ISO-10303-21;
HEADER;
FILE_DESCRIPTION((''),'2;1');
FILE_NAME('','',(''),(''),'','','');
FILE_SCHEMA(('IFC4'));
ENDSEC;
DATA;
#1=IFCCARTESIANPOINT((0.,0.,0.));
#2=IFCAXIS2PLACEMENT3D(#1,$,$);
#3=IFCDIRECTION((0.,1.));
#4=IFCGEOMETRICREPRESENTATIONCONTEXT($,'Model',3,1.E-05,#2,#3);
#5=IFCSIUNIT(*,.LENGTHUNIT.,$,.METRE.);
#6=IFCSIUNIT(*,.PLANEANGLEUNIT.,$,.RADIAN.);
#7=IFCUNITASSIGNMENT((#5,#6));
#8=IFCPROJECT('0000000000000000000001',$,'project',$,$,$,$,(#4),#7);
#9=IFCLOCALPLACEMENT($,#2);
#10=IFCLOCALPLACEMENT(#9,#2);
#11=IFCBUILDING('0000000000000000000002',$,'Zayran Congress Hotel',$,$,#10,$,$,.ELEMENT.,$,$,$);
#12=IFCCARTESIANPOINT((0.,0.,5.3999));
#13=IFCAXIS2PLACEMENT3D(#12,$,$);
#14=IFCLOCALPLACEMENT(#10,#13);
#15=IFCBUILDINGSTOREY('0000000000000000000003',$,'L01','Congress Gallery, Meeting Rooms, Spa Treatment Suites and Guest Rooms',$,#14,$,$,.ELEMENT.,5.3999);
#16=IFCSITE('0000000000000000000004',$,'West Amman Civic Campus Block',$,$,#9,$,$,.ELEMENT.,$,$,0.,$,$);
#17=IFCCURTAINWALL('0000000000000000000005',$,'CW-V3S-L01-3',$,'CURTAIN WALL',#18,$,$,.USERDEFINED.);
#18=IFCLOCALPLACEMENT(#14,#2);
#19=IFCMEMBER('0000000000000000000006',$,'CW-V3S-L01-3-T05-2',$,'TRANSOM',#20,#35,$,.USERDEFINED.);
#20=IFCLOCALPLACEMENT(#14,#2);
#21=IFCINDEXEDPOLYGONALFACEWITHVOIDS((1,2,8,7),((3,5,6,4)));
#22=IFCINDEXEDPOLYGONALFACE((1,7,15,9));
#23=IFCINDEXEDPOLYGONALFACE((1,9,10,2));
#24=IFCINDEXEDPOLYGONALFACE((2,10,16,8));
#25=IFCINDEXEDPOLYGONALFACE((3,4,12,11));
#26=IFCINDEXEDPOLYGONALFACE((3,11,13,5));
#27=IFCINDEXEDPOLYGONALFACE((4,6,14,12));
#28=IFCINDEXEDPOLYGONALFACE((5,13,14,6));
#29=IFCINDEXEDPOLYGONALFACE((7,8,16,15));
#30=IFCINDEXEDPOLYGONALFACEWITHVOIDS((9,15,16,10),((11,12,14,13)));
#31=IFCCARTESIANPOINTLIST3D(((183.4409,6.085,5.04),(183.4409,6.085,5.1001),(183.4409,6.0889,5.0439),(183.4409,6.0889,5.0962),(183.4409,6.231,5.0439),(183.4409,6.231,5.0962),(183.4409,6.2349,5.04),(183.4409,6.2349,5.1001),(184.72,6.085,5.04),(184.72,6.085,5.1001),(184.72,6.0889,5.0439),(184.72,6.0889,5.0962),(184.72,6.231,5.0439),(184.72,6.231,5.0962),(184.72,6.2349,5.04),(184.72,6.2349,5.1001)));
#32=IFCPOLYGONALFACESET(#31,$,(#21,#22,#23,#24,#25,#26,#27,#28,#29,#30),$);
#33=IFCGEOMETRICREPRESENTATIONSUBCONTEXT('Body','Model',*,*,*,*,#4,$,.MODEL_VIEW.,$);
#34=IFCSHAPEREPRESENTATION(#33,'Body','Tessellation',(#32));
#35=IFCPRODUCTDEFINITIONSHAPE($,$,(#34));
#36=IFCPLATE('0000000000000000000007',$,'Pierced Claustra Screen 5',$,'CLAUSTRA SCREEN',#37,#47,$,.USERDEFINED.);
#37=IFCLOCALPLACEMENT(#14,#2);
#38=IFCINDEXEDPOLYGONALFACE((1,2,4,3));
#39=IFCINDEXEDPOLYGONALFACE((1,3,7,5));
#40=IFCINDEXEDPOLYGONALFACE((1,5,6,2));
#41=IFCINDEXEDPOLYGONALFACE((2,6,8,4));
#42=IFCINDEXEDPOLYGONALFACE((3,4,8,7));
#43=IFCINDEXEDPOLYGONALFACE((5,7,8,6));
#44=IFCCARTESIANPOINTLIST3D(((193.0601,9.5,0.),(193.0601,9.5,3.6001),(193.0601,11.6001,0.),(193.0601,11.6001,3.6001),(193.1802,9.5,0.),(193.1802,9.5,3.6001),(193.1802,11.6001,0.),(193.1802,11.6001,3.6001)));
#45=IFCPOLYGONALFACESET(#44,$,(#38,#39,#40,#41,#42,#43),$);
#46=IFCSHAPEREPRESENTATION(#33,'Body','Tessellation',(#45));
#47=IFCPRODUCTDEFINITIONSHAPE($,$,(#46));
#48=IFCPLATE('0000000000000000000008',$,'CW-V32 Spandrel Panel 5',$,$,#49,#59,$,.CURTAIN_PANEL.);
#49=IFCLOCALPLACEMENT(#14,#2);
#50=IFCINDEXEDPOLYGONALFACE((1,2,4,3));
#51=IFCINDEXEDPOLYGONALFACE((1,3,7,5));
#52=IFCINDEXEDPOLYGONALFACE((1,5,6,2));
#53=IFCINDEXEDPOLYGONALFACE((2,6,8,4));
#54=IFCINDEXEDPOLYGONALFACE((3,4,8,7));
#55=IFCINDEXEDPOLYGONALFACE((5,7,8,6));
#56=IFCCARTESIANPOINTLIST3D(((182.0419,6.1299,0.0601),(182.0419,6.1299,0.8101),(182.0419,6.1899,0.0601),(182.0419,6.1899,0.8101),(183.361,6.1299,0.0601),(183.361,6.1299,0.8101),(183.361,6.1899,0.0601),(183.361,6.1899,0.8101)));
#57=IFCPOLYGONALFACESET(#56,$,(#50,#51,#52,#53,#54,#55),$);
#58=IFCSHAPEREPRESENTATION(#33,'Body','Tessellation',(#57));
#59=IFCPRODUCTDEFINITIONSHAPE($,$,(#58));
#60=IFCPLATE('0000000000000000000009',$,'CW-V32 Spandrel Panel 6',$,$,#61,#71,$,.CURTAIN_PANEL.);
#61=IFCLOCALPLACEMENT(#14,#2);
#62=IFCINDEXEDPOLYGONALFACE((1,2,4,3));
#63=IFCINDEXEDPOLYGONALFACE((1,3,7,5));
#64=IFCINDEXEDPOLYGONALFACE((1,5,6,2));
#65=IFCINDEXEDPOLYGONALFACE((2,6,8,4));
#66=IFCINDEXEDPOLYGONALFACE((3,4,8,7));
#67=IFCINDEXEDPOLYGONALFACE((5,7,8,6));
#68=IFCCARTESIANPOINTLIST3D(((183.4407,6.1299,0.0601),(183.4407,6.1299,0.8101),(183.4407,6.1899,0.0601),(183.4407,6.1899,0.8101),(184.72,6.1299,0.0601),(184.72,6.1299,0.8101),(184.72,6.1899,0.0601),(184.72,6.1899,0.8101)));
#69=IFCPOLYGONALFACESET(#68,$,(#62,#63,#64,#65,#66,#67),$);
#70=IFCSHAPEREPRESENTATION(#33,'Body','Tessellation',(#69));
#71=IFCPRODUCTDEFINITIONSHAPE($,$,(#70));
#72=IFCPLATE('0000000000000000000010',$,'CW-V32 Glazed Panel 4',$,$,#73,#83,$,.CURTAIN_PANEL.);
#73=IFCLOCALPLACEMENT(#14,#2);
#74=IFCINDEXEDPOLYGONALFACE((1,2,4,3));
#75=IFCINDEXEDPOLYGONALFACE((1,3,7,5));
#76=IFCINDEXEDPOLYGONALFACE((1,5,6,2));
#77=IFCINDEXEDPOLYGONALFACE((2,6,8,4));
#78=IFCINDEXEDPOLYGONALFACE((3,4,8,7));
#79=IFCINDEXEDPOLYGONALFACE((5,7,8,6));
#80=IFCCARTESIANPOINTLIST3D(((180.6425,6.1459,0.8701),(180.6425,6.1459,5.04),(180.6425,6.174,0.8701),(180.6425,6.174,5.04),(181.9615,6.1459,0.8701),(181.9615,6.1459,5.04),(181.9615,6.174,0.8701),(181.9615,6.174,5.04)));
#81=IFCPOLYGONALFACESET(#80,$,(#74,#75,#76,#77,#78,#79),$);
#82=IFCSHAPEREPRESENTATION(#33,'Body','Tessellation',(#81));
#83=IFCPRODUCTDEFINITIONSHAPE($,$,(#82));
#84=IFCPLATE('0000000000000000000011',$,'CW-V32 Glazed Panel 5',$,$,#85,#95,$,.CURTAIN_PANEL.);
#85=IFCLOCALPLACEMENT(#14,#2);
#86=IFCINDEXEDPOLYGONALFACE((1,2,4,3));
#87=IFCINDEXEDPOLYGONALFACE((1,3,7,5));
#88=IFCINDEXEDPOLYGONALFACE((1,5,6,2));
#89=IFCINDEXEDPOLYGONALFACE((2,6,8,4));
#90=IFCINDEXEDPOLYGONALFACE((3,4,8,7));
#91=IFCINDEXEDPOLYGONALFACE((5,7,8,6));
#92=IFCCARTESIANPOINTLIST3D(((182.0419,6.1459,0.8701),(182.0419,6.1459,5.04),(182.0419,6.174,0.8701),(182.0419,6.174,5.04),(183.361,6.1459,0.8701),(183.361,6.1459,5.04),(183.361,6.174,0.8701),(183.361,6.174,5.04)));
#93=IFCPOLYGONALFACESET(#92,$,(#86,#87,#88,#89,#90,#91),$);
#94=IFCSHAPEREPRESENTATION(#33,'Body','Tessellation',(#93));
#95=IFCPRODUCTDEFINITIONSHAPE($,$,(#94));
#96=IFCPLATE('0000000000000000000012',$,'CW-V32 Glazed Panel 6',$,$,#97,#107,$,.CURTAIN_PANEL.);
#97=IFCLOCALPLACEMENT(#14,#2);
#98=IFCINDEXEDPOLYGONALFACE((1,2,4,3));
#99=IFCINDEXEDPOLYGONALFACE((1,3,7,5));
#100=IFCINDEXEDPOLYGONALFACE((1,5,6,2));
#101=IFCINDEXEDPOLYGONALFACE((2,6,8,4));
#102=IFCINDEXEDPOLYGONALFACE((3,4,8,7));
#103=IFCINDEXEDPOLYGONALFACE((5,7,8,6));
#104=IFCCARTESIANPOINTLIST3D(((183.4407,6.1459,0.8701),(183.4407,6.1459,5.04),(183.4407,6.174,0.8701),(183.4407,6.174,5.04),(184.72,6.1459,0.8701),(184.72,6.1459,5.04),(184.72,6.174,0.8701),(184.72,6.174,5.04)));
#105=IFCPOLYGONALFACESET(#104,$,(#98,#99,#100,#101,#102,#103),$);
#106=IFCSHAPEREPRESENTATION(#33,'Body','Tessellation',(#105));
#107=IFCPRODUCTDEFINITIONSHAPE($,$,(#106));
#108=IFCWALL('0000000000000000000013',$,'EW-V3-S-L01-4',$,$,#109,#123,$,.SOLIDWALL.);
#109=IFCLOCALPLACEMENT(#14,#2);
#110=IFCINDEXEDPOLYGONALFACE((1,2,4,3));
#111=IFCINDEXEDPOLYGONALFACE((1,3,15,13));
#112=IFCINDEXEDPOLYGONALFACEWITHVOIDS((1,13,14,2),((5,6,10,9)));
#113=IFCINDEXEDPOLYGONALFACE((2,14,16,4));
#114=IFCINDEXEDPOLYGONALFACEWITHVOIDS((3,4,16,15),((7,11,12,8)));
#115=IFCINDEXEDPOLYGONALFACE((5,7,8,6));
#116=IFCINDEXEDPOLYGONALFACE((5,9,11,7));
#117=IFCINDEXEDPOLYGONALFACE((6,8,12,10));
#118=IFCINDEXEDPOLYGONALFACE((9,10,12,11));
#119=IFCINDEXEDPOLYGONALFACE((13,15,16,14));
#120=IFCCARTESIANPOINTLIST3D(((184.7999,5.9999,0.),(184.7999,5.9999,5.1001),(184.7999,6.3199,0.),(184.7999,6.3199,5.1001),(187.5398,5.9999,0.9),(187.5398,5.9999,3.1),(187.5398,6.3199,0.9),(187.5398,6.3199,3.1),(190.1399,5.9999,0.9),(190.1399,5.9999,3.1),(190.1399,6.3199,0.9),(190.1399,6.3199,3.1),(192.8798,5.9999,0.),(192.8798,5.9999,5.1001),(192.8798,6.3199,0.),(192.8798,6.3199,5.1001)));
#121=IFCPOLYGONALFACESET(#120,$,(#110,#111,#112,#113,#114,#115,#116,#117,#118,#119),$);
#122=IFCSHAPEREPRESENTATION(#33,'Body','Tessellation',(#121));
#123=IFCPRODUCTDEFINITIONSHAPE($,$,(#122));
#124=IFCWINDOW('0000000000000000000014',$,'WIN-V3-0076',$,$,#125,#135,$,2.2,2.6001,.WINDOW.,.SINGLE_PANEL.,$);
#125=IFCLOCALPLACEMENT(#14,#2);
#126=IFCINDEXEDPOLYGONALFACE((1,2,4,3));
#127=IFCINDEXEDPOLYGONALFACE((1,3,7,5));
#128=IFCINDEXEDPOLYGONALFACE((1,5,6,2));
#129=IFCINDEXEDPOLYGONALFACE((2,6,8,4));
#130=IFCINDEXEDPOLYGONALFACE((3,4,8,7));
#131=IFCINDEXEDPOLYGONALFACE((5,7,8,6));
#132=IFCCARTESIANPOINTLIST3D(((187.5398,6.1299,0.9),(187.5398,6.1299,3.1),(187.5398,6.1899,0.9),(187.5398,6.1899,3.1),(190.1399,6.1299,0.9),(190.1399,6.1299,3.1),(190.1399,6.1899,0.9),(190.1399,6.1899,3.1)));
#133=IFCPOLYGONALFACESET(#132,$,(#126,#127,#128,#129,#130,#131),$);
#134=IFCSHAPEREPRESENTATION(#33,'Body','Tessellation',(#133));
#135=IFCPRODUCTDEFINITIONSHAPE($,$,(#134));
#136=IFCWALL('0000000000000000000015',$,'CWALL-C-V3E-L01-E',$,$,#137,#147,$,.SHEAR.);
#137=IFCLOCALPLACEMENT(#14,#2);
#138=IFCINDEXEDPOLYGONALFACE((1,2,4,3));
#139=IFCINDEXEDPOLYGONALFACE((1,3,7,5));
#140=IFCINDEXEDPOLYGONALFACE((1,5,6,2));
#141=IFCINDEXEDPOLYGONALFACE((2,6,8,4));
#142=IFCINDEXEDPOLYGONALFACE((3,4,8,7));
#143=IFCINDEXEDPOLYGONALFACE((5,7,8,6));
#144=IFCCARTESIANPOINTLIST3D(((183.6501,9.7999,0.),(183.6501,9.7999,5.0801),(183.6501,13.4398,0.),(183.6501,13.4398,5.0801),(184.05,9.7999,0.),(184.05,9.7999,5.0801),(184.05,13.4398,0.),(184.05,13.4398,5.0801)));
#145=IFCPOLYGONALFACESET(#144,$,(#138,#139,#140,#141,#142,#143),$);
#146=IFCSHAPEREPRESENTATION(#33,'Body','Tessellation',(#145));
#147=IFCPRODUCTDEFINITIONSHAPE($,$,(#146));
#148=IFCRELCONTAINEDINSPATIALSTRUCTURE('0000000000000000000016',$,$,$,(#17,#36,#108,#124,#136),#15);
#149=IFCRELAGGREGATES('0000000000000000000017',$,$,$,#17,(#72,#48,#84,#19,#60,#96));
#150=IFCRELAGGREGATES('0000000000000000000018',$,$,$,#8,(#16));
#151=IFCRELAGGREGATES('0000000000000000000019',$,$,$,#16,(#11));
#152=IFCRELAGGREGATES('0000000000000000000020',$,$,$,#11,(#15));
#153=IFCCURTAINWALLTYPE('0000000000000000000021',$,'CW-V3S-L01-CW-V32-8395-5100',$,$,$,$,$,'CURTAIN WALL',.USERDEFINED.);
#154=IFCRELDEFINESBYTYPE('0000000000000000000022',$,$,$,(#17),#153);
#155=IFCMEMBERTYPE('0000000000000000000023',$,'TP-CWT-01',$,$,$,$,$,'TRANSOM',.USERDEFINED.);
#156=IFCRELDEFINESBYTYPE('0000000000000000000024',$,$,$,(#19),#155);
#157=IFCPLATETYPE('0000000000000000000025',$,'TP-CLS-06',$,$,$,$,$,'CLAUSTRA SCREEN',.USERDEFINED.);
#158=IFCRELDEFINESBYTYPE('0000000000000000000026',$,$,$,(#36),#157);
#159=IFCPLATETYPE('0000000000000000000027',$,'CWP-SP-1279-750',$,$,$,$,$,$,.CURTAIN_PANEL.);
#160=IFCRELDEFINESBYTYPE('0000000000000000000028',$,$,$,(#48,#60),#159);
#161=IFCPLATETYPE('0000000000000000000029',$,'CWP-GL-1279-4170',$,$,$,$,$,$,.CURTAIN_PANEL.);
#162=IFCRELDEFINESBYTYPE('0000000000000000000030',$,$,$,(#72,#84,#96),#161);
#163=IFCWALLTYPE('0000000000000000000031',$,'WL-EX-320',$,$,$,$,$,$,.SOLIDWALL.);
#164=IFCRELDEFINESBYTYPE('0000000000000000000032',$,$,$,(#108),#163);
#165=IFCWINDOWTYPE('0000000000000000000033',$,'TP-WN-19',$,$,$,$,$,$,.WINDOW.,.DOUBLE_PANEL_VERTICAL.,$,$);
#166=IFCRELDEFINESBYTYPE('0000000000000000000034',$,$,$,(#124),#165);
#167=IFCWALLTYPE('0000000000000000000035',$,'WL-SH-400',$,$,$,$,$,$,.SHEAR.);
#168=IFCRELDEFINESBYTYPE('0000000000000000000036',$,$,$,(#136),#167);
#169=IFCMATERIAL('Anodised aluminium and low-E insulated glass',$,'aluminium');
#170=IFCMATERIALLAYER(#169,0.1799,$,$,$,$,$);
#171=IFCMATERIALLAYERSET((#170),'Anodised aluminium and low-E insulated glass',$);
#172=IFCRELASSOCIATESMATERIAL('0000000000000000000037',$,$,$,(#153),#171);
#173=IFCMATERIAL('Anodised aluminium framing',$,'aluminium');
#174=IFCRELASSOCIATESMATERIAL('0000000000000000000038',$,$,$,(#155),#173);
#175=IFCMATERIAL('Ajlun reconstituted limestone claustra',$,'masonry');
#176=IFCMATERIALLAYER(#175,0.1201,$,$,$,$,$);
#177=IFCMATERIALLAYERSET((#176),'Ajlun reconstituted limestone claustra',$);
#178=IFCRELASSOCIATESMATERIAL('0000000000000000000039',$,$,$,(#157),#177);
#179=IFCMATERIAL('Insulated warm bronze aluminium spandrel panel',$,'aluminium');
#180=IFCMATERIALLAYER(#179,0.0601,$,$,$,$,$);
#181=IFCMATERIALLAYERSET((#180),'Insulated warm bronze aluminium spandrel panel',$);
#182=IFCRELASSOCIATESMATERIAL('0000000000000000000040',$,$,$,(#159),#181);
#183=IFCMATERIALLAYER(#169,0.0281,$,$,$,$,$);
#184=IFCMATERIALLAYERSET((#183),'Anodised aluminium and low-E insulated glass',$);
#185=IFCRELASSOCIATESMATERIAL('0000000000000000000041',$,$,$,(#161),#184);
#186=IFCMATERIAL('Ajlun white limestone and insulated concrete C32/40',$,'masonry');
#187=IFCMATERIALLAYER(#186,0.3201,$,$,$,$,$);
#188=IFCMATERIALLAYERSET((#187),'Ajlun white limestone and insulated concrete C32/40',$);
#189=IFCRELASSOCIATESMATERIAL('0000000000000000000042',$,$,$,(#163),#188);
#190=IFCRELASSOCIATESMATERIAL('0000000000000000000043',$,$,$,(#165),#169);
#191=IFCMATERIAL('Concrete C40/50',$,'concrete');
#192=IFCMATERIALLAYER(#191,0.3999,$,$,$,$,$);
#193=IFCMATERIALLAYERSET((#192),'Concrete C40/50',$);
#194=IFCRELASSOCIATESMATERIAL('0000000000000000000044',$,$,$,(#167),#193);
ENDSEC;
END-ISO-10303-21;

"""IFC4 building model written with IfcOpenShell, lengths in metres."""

from ifc_helpers import new_model, si_unit, direction, frame, frame_2d, origin, origin_2d, place, context, subcontext, project, spatial, rectangle, hollow_rectangle, extrude, material, layer, layer_set, material_profile, profile_set, type_object, element, fill, aggregate, save


model = new_model("IFC4")

# Units and contexts
model_context = context("Model", 3, precision=1e-05, world=origin(), true_north=direction((0.0, 1.0)))
body_context = subcontext(model_context, "Body", "Model", "MODEL_VIEW")
ifc_project = project(units=[si_unit("LENGTHUNIT", "METRE"), si_unit("PLANEANGLEUNIT", "RADIAN")], contexts=[model_context])

# Site, building, storey
site_placement = place(None, origin())
site = spatial("IfcSite", under=ifc_project, at=site_placement, Name="West Amman Civic Campus Block", CompositionType="ELEMENT", RefElevation=0.0)
building_placement = place(site_placement, origin())
building = spatial("IfcBuilding", under=site, at=building_placement, Name="Zayran Congress Hotel", CompositionType="ELEMENT")
storey_placement = place(building_placement, frame((0.0, 0.0, 5.3999)))
storey = spatial("IfcBuildingStorey", under=building, at=storey_placement, Name="L01", Description="Congress Gallery, Meeting Rooms, Spa Treatment Suites and Guest Rooms", CompositionType="ELEMENT", Elevation=5.3999)

# Curtain wall, member
ifc_material_1 = material(Name="Anodised aluminium and low-E insulated glass", Category="aluminium")
ifc_layer_1 = layer(ifc_material_1, 0.1799)
ifc_layer_set_1 = layer_set([ifc_layer_1], Name="Anodised aluminium and low-E insulated glass")
curtain_wall_type = type_object("IfcCurtainWallType", Name="CW-V3S-L01-CW-V32-8395-5100", ElementType="CURTAIN WALL", PredefinedType="USERDEFINED", material=ifc_layer_set_1)
curtain_wall_placement = place(storey_placement, origin())
curtain_wall = element("IfcCurtainWall", 1, at=curtain_wall_placement, inside=storey, type_object=curtain_wall_type, Name="CW-V3S-L01-3", ObjectType="CURTAIN WALL", PredefinedType="USERDEFINED")
ifc_material_2 = material(Name="Anodised aluminium framing", Category="aluminium")
ifc_material_profile_1 = material_profile(ifc_material_2, hollow_rectangle(XDim=0.0601, YDim=0.1499, WallThickness=0.0039, at=origin_2d()), Name="RHS 150x60x4")
ifc_profile_set_1 = profile_set([ifc_material_profile_1], Name="Anodised aluminium framing")
member_type_1 = type_object("IfcMemberType", Name="TP-CWT-01", ElementType="TRANSOM", PredefinedType="USERDEFINED", material=ifc_profile_set_1)
member_1_placement = place(storey_placement, frame((183.4409, 6.1599, 5.0701), z_axis=(1.0, 0.0, 0.0), x_axis=(0.0, 0.0, 1.0)))
member_1 = element("IfcMember", 2, at=member_1_placement, type_object=member_type_1, Name="CW-V3S-L01-3-T05-2", ObjectType="TRANSOM", PredefinedType="USERDEFINED", context=body_context, shape_type="SweptSolid", body=[
    extrude(hollow_rectangle(XDim=0.0601, YDim=0.1499, WallThickness=0.0039, at=origin_2d()), origin(), (0.0, 0.0, 1.0), 1.2791),
])

# Plates
ifc_material_3 = material(Name="Ajlun reconstituted limestone claustra", Category="masonry")
ifc_layer_2 = layer(ifc_material_3, 0.1201)
ifc_layer_set_2 = layer_set([ifc_layer_2], Name="Ajlun reconstituted limestone claustra")
plate_type_1 = type_object("IfcPlateType", Name="TP-CLS-06", ElementType="CLAUSTRA SCREEN", PredefinedType="USERDEFINED", material=ifc_layer_set_2)
plate_1_placement = place(storey_placement, frame((193.1201, 10.55, 0.0), z_axis=(0.0, 0.0, 1.0), x_axis=(0.0, 1.0, 0.0)))
element("IfcPlate", 3, at=plate_1_placement, inside=storey, type_object=plate_type_1, Name="Pierced Claustra Screen 5", ObjectType="CLAUSTRA SCREEN", PredefinedType="USERDEFINED", context=body_context, shape_type="SweptSolid", body=[
    extrude(rectangle(XDim=2.1001, YDim=0.1201, at=origin_2d()), origin(), (0.0, 0.0, 1.0), 3.6001),
])
ifc_material_4 = material(Name="Insulated warm bronze aluminium spandrel panel", Category="aluminium")
ifc_layer_3 = layer(ifc_material_4, 0.0601)
ifc_layer_set_3 = layer_set([ifc_layer_3], Name="Insulated warm bronze aluminium spandrel panel")
plate_type_2 = type_object("IfcPlateType", Name="CWP-SP-1279-750", PredefinedType="CURTAIN_PANEL", material=ifc_layer_set_3)
plate_2_placement = place(storey_placement, frame((182.7014, 6.1599, 0.0601), z_axis=(0.0, 0.0, 1.0), x_axis=(1.0, 0.0, 0.0)))
plate_2 = element("IfcPlate", 4, at=plate_2_placement, type_object=plate_type_2, Name="CW-V32 Spandrel Panel 5", PredefinedType="CURTAIN_PANEL", context=body_context, shape_type="SweptSolid", body=[
    extrude(rectangle(XDim=1.3191, YDim=0.0601, at=origin_2d()), origin(), (0.0, 0.0, 1.0), 0.75),
])
plate_3_placement = place(storey_placement, frame((184.0803, 6.1599, 0.0601), z_axis=(0.0, 0.0, 1.0), x_axis=(1.0, 0.0, 0.0)))
plate_3 = element("IfcPlate", 5, at=plate_3_placement, type_object=plate_type_2, Name="CW-V32 Spandrel Panel 6", PredefinedType="CURTAIN_PANEL", context=body_context, shape_type="SweptSolid", body=[
    extrude(rectangle(XDim=1.2793, YDim=0.0601, at=origin_2d()), origin(), (0.0, 0.0, 1.0), 0.75),
])
ifc_layer_4 = layer(ifc_material_1, 0.0281)
ifc_layer_set_4 = layer_set([ifc_layer_4], Name="Anodised aluminium and low-E insulated glass")
plate_type_3 = type_object("IfcPlateType", Name="CWP-GL-1279-4170", PredefinedType="CURTAIN_PANEL", material=ifc_layer_set_4)
plate_4_placement = place(storey_placement, frame((181.302, 6.1599, 0.8701), z_axis=(0.0, 0.0, 1.0), x_axis=(1.0, 0.0, 0.0)))
plate_4 = element("IfcPlate", 6, at=plate_4_placement, type_object=plate_type_3, Name="CW-V32 Glazed Panel 4", PredefinedType="CURTAIN_PANEL", context=body_context, shape_type="SweptSolid", body=[
    extrude(rectangle(XDim=1.3191, YDim=0.0281, at=origin_2d()), origin(), (0.0, 0.0, 1.0), 4.1699),
])
plate_5_placement = place(storey_placement, frame((182.7014, 6.1599, 0.8701), z_axis=(0.0, 0.0, 1.0), x_axis=(1.0, 0.0, 0.0)))
plate_5 = element("IfcPlate", 7, at=plate_5_placement, type_object=plate_type_3, Name="CW-V32 Glazed Panel 5", PredefinedType="CURTAIN_PANEL", context=body_context, shape_type="SweptSolid", body=[
    extrude(rectangle(XDim=1.3191, YDim=0.0281, at=origin_2d()), origin(), (0.0, 0.0, 1.0), 4.1699),
])
plate_6_placement = place(storey_placement, frame((184.0803, 6.1599, 0.8701), z_axis=(0.0, 0.0, 1.0), x_axis=(1.0, 0.0, 0.0)))
plate_6 = element("IfcPlate", 8, at=plate_6_placement, type_object=plate_type_3, Name="CW-V32 Glazed Panel 6", PredefinedType="CURTAIN_PANEL", context=body_context, shape_type="SweptSolid", body=[
    extrude(rectangle(XDim=1.2793, YDim=0.0281, at=origin_2d()), origin(), (0.0, 0.0, 1.0), 4.1699),
])
aggregate(curtain_wall, [plate_4, plate_2, plate_5, member_1, plate_3, plate_6])

# Wall, opening, window
ifc_material_5 = material(Name="Ajlun white limestone and insulated concrete C32/40", Category="masonry")
ifc_layer_5 = layer(ifc_material_5, 0.3201)
ifc_layer_set_5 = layer_set([ifc_layer_5], Name="Ajlun white limestone and insulated concrete C32/40")
wall_type_1 = type_object("IfcWallType", Name="WL-EX-320", PredefinedType="SOLIDWALL", material=ifc_layer_set_5)
wall_1_placement = place(storey_placement, frame((192.8799, 6.1599, 0.0), z_axis=(0.0, 0.0, 1.0), x_axis=(-1.0, 0.0, 0.0)))
wall_1 = element("IfcWall", 9, at=wall_1_placement, inside=storey, type_object=wall_type_1, Name="EW-V3-S-L01-4", PredefinedType="SOLIDWALL", context=body_context, shape_type="SweptSolid", body=[
    extrude(rectangle(XDim=8.0798, YDim=0.3201, at=frame_2d((4.04, 0.0))), origin(), (0.0, 0.0, 1.0), 5.1001),
])
opening_placement = place(wall_1_placement, frame((2.74, 0.0, 0.8999)))
opening = element("IfcOpeningElement", 10, at=opening_placement, cuts=wall_1, PredefinedType="OPENING", context=body_context, shape_type="SweptSolid", body=[
    extrude(rectangle(XDim=2.6001, YDim=2.2, at=frame_2d((1.3, 1.1001))), frame((0.0, 0.1699, 0.0), z_axis=(0.0, -1.0, 0.0), x_axis=(1.0, 0.0, 0.0)), (0.0, 0.0, 1.0), 0.3401),
])
window_type = type_object("IfcWindowType", Name="TP-WN-19", PartitioningType="DOUBLE_PANEL_VERTICAL", PredefinedType="WINDOW", material=ifc_material_1)
window_placement = place(opening_placement, origin())
window = element("IfcWindow", 11, at=window_placement, inside=storey, type_object=window_type, Name="WIN-V3-0076", OverallHeight=2.2, OverallWidth=2.6001, PartitioningType="SINGLE_PANEL", PredefinedType="WINDOW", context=body_context, shape_type="SweptSolid", body=[
    extrude(rectangle(XDim=2.6001, YDim=2.2, at=frame_2d((1.3, 1.1001))), frame((0.0, 0.03, 0.0), z_axis=(0.0, -1.0, 0.0), x_axis=(1.0, 0.0, 0.0)), (0.0, 0.0, 1.0), 0.0601),
])
fill(opening, window)

# Wall
ifc_material_6 = material(Name="Concrete C40/50", Category="concrete")
ifc_layer_6 = layer(ifc_material_6, 0.3999)
ifc_layer_set_6 = layer_set([ifc_layer_6], Name="Concrete C40/50")
wall_type_2 = type_object("IfcWallType", Name="WL-SH-400", PredefinedType="SHEAR", material=ifc_layer_set_6)
wall_2_placement = place(storey_placement, frame((183.8501, 9.8, 0.0), z_axis=(0.0, 0.0, 1.0), x_axis=(0.0, 1.0, 0.0)))
element("IfcWall", 12, at=wall_2_placement, inside=storey, type_object=wall_type_2, Name="CWALL-C-V3E-L01-E", PredefinedType="SHEAR", context=body_context, shape_type="SweptSolid", body=[
    extrude(rectangle(XDim=3.6399, YDim=0.3999, at=frame_2d((1.8198, 0.0))), origin(), (0.0, 0.0, 1.0), 5.0801),
])

save(model, "model.ifc")
